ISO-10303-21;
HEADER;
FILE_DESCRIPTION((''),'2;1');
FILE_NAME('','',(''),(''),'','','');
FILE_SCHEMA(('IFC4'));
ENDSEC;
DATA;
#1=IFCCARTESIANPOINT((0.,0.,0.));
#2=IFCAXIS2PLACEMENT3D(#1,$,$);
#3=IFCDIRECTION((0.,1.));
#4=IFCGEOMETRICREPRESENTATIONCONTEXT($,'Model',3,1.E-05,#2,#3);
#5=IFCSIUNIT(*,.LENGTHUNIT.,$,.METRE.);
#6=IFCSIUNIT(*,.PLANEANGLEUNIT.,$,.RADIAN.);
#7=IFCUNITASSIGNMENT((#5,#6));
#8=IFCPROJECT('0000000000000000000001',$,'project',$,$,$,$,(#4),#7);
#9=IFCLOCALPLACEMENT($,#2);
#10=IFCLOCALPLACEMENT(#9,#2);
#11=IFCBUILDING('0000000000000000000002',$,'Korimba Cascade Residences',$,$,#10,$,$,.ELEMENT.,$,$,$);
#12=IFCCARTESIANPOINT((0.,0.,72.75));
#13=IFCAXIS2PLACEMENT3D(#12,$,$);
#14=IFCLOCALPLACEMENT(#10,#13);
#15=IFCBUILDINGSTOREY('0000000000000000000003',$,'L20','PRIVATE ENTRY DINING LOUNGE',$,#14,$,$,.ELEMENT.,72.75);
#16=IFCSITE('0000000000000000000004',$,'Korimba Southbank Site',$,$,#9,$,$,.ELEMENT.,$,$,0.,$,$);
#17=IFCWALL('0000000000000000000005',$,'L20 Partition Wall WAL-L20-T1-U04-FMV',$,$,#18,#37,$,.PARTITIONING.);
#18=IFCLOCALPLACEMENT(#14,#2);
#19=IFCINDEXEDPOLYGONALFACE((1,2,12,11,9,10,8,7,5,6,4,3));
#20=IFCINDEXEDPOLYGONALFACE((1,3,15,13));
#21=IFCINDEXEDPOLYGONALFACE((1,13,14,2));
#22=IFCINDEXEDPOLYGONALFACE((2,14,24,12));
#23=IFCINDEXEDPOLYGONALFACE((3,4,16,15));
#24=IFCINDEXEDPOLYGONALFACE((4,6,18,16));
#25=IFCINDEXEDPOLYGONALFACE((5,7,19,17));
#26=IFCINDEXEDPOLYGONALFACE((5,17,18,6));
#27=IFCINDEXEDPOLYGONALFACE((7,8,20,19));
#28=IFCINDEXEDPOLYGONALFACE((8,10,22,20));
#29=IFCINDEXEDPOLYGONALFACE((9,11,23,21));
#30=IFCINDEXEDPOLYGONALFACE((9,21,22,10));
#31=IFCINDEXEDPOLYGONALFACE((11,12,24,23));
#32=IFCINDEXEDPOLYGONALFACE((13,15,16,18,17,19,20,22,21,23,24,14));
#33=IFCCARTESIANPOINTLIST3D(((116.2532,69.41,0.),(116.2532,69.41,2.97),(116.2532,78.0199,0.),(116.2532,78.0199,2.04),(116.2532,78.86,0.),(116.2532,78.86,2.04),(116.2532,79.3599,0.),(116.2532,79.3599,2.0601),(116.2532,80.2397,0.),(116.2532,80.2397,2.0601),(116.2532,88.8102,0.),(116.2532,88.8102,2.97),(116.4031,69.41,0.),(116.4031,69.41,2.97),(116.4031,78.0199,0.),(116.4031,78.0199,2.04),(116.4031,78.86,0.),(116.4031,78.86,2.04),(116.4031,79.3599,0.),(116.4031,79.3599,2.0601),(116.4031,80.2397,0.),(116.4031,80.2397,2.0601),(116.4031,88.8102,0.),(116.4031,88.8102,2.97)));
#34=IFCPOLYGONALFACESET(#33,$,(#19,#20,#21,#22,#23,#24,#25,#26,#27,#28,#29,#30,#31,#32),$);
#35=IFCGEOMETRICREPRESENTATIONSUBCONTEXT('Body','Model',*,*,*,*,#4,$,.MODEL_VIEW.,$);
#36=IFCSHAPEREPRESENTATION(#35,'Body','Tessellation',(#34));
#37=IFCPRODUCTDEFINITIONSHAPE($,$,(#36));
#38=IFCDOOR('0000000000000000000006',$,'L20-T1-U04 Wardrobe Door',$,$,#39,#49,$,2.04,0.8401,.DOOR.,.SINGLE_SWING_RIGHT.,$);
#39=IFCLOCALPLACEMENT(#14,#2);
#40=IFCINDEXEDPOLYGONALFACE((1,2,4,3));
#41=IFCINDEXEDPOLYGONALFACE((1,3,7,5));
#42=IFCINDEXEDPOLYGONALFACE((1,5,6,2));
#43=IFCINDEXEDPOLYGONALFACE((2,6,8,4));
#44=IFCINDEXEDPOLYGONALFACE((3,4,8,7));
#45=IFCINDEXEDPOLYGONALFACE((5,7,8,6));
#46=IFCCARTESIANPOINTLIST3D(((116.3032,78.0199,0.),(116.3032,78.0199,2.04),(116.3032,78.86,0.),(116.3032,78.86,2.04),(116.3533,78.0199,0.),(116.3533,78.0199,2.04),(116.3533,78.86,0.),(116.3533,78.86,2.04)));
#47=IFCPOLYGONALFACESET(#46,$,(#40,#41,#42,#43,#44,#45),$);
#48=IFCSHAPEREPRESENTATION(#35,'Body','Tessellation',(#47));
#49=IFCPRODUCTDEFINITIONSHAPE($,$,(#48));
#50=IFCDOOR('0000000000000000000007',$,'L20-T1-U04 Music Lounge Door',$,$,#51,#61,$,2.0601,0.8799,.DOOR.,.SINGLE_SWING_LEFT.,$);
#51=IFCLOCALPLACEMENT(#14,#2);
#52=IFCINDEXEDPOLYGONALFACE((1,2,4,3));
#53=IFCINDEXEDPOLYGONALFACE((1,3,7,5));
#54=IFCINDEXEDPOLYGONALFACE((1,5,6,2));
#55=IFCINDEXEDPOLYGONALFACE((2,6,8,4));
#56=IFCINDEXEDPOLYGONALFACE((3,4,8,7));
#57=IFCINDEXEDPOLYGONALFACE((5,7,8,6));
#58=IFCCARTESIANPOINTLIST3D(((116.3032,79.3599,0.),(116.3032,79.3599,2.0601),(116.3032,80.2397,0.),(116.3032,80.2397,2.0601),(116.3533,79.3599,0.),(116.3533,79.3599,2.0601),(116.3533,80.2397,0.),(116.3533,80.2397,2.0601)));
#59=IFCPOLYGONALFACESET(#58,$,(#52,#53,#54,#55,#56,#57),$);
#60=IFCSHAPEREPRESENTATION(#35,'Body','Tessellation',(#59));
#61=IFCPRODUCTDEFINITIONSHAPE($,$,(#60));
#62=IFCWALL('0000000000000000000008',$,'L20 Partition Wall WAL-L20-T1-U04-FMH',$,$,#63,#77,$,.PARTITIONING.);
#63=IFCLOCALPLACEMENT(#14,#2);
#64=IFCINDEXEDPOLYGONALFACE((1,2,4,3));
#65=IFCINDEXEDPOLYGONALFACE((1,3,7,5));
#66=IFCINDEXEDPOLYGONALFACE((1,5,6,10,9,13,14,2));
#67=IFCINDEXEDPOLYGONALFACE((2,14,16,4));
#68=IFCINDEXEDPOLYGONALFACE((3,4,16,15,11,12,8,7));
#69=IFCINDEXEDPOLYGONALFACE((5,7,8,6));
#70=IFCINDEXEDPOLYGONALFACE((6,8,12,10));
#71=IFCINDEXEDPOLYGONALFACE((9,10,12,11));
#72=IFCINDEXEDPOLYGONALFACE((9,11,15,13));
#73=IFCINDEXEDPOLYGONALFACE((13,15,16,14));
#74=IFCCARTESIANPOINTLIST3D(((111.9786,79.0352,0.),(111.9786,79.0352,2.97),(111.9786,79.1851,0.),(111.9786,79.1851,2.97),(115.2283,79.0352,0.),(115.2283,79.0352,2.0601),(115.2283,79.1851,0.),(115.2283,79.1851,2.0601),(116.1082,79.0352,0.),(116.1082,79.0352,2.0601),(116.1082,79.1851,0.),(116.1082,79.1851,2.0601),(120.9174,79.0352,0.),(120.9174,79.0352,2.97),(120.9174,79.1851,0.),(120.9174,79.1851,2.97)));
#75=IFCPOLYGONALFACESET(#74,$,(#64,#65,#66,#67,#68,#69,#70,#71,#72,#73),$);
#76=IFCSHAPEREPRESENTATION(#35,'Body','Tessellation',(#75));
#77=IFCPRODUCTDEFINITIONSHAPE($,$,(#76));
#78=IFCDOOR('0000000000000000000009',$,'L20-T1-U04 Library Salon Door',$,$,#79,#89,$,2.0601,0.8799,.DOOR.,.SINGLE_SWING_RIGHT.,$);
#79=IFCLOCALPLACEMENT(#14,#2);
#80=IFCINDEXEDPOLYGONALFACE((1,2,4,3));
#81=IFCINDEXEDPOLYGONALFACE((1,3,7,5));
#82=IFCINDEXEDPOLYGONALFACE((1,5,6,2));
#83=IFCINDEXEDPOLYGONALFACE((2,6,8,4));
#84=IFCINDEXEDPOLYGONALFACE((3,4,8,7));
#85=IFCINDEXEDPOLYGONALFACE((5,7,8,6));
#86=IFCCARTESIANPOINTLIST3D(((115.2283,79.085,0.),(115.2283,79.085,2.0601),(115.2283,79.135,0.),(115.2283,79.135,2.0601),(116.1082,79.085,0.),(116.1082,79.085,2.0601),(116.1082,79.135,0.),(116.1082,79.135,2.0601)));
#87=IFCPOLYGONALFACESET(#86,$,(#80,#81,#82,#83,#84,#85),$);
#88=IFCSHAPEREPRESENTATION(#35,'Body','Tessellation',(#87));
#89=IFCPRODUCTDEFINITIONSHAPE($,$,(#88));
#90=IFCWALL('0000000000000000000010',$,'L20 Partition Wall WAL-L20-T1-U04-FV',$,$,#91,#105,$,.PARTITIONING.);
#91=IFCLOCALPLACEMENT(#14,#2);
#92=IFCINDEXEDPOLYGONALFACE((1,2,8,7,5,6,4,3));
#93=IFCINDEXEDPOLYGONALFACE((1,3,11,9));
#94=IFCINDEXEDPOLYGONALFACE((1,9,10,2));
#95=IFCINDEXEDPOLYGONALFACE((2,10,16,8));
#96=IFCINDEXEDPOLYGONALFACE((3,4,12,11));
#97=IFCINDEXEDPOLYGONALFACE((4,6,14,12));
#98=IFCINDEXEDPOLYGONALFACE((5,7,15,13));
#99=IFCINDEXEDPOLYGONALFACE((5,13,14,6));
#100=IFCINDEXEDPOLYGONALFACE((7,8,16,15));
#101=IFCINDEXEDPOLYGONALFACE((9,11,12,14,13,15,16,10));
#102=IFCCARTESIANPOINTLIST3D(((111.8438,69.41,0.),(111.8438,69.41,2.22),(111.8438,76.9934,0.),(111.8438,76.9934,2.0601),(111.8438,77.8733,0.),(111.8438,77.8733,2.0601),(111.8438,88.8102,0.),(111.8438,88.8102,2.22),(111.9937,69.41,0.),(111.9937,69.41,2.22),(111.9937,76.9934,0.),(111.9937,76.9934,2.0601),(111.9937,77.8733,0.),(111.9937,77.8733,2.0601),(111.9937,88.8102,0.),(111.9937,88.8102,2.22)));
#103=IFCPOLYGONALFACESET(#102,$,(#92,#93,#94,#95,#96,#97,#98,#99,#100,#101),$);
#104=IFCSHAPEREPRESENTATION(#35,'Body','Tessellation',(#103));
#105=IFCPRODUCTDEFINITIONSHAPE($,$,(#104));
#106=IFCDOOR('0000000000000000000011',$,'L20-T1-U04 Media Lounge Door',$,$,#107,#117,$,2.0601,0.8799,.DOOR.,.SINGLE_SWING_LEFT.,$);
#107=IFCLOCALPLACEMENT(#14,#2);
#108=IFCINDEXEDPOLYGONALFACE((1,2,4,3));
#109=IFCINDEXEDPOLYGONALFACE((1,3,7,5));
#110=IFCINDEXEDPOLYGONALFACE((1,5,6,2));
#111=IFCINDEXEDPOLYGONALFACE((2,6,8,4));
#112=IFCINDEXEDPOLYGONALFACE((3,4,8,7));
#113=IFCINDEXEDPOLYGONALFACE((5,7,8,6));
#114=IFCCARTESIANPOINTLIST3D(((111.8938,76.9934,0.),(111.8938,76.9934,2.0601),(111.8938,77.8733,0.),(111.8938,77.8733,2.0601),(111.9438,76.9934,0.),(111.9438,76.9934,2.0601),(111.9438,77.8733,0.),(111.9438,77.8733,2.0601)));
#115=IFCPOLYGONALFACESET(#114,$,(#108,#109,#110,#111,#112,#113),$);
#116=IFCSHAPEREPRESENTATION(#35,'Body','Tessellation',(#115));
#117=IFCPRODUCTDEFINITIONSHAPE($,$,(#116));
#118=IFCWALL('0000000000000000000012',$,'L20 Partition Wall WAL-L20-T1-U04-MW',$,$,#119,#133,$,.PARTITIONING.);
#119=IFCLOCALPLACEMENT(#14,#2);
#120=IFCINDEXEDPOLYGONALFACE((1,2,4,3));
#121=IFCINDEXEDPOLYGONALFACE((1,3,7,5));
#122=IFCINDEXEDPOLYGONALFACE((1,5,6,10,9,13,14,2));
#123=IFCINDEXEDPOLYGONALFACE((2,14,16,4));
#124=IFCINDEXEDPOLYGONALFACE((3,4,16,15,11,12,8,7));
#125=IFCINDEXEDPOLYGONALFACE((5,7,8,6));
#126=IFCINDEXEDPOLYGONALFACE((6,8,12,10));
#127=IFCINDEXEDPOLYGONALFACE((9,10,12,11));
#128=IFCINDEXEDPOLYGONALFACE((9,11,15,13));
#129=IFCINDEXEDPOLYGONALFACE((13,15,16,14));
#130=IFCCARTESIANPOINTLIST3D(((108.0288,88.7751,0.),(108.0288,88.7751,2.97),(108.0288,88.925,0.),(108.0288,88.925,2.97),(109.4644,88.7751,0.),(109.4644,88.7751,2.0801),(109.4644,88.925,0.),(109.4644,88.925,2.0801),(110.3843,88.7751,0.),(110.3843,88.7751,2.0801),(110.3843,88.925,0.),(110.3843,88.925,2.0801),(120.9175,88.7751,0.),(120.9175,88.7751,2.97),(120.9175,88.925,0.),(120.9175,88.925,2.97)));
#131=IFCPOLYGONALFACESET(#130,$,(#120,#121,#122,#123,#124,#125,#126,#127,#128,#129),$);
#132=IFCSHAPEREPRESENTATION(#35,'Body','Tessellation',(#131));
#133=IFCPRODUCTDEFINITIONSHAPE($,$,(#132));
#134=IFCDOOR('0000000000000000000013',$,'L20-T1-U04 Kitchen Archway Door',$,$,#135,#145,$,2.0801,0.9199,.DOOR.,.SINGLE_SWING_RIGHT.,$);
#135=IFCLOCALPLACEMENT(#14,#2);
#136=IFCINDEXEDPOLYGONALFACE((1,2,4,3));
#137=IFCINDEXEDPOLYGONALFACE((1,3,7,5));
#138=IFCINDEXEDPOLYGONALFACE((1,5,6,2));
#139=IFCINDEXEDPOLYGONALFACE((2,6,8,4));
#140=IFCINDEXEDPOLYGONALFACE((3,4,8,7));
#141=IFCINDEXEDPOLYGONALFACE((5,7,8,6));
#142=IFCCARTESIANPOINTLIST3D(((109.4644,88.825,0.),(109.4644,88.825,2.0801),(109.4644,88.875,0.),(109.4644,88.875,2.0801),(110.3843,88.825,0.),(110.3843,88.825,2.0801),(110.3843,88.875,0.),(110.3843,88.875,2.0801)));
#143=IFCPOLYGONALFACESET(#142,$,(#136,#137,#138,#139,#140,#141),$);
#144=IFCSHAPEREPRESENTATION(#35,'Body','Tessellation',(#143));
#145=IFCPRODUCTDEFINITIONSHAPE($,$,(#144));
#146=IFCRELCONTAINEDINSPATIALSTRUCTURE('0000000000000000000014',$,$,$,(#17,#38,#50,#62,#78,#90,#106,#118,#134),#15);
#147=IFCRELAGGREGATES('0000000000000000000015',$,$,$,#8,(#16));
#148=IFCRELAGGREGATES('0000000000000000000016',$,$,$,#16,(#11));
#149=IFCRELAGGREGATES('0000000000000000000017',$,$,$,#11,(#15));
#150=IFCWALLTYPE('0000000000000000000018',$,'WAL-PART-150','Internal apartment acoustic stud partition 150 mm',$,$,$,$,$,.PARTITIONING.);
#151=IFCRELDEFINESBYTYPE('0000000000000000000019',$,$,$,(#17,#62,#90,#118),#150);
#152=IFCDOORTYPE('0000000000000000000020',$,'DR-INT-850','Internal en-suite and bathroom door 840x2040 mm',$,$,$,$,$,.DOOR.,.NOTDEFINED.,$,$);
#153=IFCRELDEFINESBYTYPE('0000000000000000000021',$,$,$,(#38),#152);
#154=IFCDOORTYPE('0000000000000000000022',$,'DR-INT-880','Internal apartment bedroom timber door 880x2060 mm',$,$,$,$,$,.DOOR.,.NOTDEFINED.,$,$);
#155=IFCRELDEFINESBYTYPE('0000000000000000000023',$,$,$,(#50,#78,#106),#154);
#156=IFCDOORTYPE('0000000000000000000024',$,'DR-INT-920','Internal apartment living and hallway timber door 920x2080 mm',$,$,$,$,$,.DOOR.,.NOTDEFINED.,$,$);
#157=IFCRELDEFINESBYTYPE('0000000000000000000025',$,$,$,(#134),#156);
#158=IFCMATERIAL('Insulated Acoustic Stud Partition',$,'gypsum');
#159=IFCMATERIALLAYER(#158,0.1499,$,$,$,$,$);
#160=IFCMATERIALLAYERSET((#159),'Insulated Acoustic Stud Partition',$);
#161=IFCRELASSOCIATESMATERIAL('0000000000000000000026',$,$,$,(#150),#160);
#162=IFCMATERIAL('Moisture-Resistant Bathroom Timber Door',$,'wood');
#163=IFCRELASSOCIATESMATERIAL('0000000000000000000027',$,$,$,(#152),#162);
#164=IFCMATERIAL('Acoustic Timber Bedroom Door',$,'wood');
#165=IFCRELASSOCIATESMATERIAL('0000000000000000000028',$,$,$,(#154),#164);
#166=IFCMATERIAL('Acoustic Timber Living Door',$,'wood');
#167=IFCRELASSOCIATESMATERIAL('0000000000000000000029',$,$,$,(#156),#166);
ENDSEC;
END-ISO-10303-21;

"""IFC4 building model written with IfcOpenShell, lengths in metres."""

from ifc_helpers import new_model, si_unit, direction, frame, frame_2d, origin, place, context, subcontext, project, spatial, rectangle, extrude, material, layer, layer_set, type_object, element, fill, save


model = new_model("IFC4")

# Units and contexts
model_context = context("Model", 3, precision=1e-05, world=origin(), true_north=direction((0.0, 1.0)))
body_context = subcontext(model_context, "Body", "Model", "MODEL_VIEW")
ifc_project = project(units=[si_unit("LENGTHUNIT", "METRE"), si_unit("PLANEANGLEUNIT", "RADIAN")], contexts=[model_context])

# Site, building, storey
site_placement = place(None, origin())
site = spatial("IfcSite", under=ifc_project, at=site_placement, Name="Korimba Southbank Site", CompositionType="ELEMENT", RefElevation=0.0)
building_placement = place(site_placement, origin())
building = spatial("IfcBuilding", under=site, at=building_placement, Name="Korimba Cascade Residences", CompositionType="ELEMENT")
storey_placement = place(building_placement, frame((0.0, 0.0, 72.75)))
storey = spatial("IfcBuildingStorey", under=building, at=storey_placement, Name="L20", Description="PRIVATE ENTRY DINING LOUNGE", CompositionType="ELEMENT", Elevation=72.75)

# Shared definitions
ifc_material_1 = material(Name="Insulated Acoustic Stud Partition", Category="gypsum")
ifc_layer_1 = layer(ifc_material_1, 0.1499)
ifc_layer_set_1 = layer_set([ifc_layer_1], Name="Insulated Acoustic Stud Partition")
wall_type_1 = type_object("IfcWallType", Name="WAL-PART-150", Description="Internal apartment acoustic stud partition 150 mm", PredefinedType="PARTITIONING", material=ifc_layer_set_1)
ifc_material_2 = material(Name="Moisture-Resistant Bathroom Timber Door", Category="wood")
door_type_1 = type_object("IfcDoorType", Name="DR-INT-850", Description="Internal en-suite and bathroom door 840x2040 mm", OperationType="NOTDEFINED", PredefinedType="DOOR", material=ifc_material_2)
ifc_material_3 = material(Name="Acoustic Timber Bedroom Door", Category="wood")
door_type_2 = type_object("IfcDoorType", Name="DR-INT-880", Description="Internal apartment bedroom timber door 880x2060 mm", OperationType="NOTDEFINED", PredefinedType="DOOR", material=ifc_material_3)

# Wall, openings, doors
wall_1_placement = place(storey_placement, frame((116.3281, 69.4099, 0.0), z_axis=(0.0, 0.0, 1.0), x_axis=(0.0, 1.0, 0.0)))
wall_1 = element("IfcWall", 1, at=wall_1_placement, inside=storey, type_object=wall_type_1, Name="L20 Partition Wall WAL-L20-T1-U04-FMV", PredefinedType="PARTITIONING", context=body_context, shape_type="SweptSolid", body=[
    extrude(rectangle(XDim=19.4001, YDim=0.1499, at=frame_2d((9.7002, 0.0))), origin(), (0.0, 0.0, 1.0), 2.97),
])
opening_1_placement = place(wall_1_placement, frame((8.6101, 0.0, 0.0)))
opening_1 = element("IfcOpeningElement", 2, at=opening_1_placement, cuts=wall_1, PredefinedType="OPENING", context=body_context, shape_type="SweptSolid", body=[
    extrude(rectangle(XDim=0.8401, YDim=2.04, at=frame_2d((0.4199, 1.02))), frame((0.0, 0.085, 0.0), z_axis=(0.0, -1.0, 0.0), x_axis=(1.0, 0.0, 0.0)), (0.0, 0.0, 1.0), 0.1699),
])
opening_2_placement = place(wall_1_placement, frame((9.95, 0.0, 0.0)))
opening_2 = element("IfcOpeningElement", 3, at=opening_2_placement, cuts=wall_1, PredefinedType="OPENING", context=body_context, shape_type="SweptSolid", body=[
    extrude(rectangle(XDim=0.8799, YDim=2.0601, at=frame_2d((0.4399, 1.03))), frame((0.0, 0.085, 0.0), z_axis=(0.0, -1.0, 0.0), x_axis=(1.0, 0.0, 0.0)), (0.0, 0.0, 1.0), 0.1699),
])
door_1_placement = place(opening_1_placement, origin())
door_1 = element("IfcDoor", 4, at=door_1_placement, inside=storey, type_object=door_type_1, Name="L20-T1-U04 Wardrobe Door", OperationType="SINGLE_SWING_RIGHT", OverallHeight=2.04, OverallWidth=0.8401, PredefinedType="DOOR", context=body_context, shape_type="SweptSolid", body=[
    extrude(rectangle(XDim=0.8401, YDim=2.04, at=frame_2d((0.4199, 1.02))), frame((0.0, 0.0249, 0.0), z_axis=(0.0, -1.0, 0.0), x_axis=(1.0, 0.0, 0.0)), (0.0, 0.0, 1.0), 0.05),
])
fill(opening_1, door_1)
door_2_placement = place(opening_2_placement, origin())
door_2 = element("IfcDoor", 5, at=door_2_placement, inside=storey, type_object=door_type_2, Name="L20-T1-U04 Music Lounge Door", OperationType="SINGLE_SWING_LEFT", OverallHeight=2.0601, OverallWidth=0.8799, PredefinedType="DOOR", context=body_context, shape_type="SweptSolid", body=[
    extrude(rectangle(XDim=0.8799, YDim=2.0601, at=frame_2d((0.4399, 1.03))), frame((0.0, 0.0249, 0.0), z_axis=(0.0, -1.0, 0.0), x_axis=(1.0, 0.0, 0.0)), (0.0, 0.0, 1.0), 0.05),
])
fill(opening_2, door_2)

# Walls, openings, doors
wall_2_placement = place(storey_placement, frame((111.9788, 79.1101, 0.0), z_axis=(0.0, 0.0, 1.0), x_axis=(1.0, 0.0, 0.0)))
wall_2 = element("IfcWall", 6, at=wall_2_placement, inside=storey, type_object=wall_type_1, Name="L20 Partition Wall WAL-L20-T1-U04-FMH", PredefinedType="PARTITIONING", context=body_context, shape_type="SweptSolid", body=[
    extrude(rectangle(XDim=8.9387, YDim=0.1499, at=frame_2d((4.4692, 0.0))), origin(), (0.0, 0.0, 1.0), 2.97),
])
opening_3_placement = place(wall_2_placement, frame((3.2495, 0.0, 0.0)))
opening_3 = element("IfcOpeningElement", 7, at=opening_3_placement, cuts=wall_2, PredefinedType="OPENING", context=body_context, shape_type="SweptSolid", body=[
    extrude(rectangle(XDim=0.8799, YDim=2.0601, at=frame_2d((0.4399, 1.03))), frame((0.0, 0.085, 0.0), z_axis=(0.0, -1.0, 0.0), x_axis=(1.0, 0.0, 0.0)), (0.0, 0.0, 1.0), 0.1699),
])
door_3_placement = place(opening_3_placement, origin())
door_3 = element("IfcDoor", 8, at=door_3_placement, inside=storey, type_object=door_type_2, Name="L20-T1-U04 Library Salon Door", OperationType="SINGLE_SWING_RIGHT", OverallHeight=2.0601, OverallWidth=0.8799, PredefinedType="DOOR", context=body_context, shape_type="SweptSolid", body=[
    extrude(rectangle(XDim=0.8799, YDim=2.0601, at=frame_2d((0.4399, 1.03))), frame((0.0, 0.0249, 0.0), z_axis=(0.0, -1.0, 0.0), x_axis=(1.0, 0.0, 0.0)), (0.0, 0.0, 1.0), 0.05),
])
fill(opening_3, door_3)
wall_3_placement = place(storey_placement, frame((111.9187, 69.4099, 0.0), z_axis=(0.0, 0.0, 1.0), x_axis=(0.0, 1.0, 0.0)))
wall_3 = element("IfcWall", 9, at=wall_3_placement, inside=storey, type_object=wall_type_1, Name="L20 Partition Wall WAL-L20-T1-U04-FV", PredefinedType="PARTITIONING", context=body_context, shape_type="SweptSolid", body=[
    extrude(rectangle(XDim=19.4001, YDim=0.1499, at=frame_2d((9.7002, 0.0))), origin(), (0.0, 0.0, 1.0), 2.22),
])
opening_4_placement = place(wall_3_placement, frame((7.5835, 0.0, 0.0)))
opening_4 = element("IfcOpeningElement", 10, at=opening_4_placement, cuts=wall_3, PredefinedType="OPENING", context=body_context, shape_type="SweptSolid", body=[
    extrude(rectangle(XDim=0.8799, YDim=2.0601, at=frame_2d((0.4399, 1.03))), frame((0.0, 0.085, 0.0), z_axis=(0.0, -1.0, 0.0), x_axis=(1.0, 0.0, 0.0)), (0.0, 0.0, 1.0), 0.1699),
])
door_4_placement = place(opening_4_placement, origin())
door_4 = element("IfcDoor", 11, at=door_4_placement, inside=storey, type_object=door_type_2, Name="L20-T1-U04 Media Lounge Door", OperationType="SINGLE_SWING_LEFT", OverallHeight=2.0601, OverallWidth=0.8799, PredefinedType="DOOR", context=body_context, shape_type="SweptSolid", body=[
    extrude(rectangle(XDim=0.8799, YDim=2.0601, at=frame_2d((0.4399, 1.03))), frame((0.0, 0.0249, 0.0), z_axis=(0.0, -1.0, 0.0), x_axis=(1.0, 0.0, 0.0)), (0.0, 0.0, 1.0), 0.05),
])
fill(opening_4, door_4)
wall_4_placement = place(storey_placement, frame((108.0288, 88.8501, 0.0), z_axis=(0.0, 0.0, 1.0), x_axis=(1.0, 0.0, 0.0)))
wall_4 = element("IfcWall", 12, at=wall_4_placement, inside=storey, type_object=wall_type_1, Name="L20 Partition Wall WAL-L20-T1-U04-MW", PredefinedType="PARTITIONING", context=body_context, shape_type="SweptSolid", body=[
    extrude(rectangle(XDim=12.8887, YDim=0.1499, at=frame_2d((6.4443, 0.0))), origin(), (0.0, 0.0, 1.0), 2.97),
])
opening_5_placement = place(wall_4_placement, frame((1.4355, 0.0, 0.0)))
opening_5 = element("IfcOpeningElement", 13, at=opening_5_placement, cuts=wall_4, PredefinedType="OPENING", context=body_context, shape_type="SweptSolid", body=[
    extrude(rectangle(XDim=0.9199, YDim=2.0801, at=frame_2d((0.46, 1.04))), frame((0.0, 0.085, 0.0), z_axis=(0.0, -1.0, 0.0), x_axis=(1.0, 0.0, 0.0)), (0.0, 0.0, 1.0), 0.1699),
])
ifc_material_4 = material(Name="Acoustic Timber Living Door", Category="wood")
door_type_3 = type_object("IfcDoorType", Name="DR-INT-920", Description="Internal apartment living and hallway timber door 920x2080 mm", OperationType="NOTDEFINED", PredefinedType="DOOR", material=ifc_material_4)
door_5_placement = place(opening_5_placement, origin())
door_5 = element("IfcDoor", 14, at=door_5_placement, inside=storey, type_object=door_type_3, Name="L20-T1-U04 Kitchen Archway Door", OperationType="SINGLE_SWING_RIGHT", OverallHeight=2.0801, OverallWidth=0.9199, PredefinedType="DOOR", context=body_context, shape_type="SweptSolid", body=[
    extrude(rectangle(XDim=0.9199, YDim=2.0801, at=frame_2d((0.46, 1.04))), frame((0.0, 0.0249, 0.0), z_axis=(0.0, -1.0, 0.0), x_axis=(1.0, 0.0, 0.0)), (0.0, 0.0, 1.0), 0.05),
])
fill(opening_5, door_5)

save(model, "model.ifc")
